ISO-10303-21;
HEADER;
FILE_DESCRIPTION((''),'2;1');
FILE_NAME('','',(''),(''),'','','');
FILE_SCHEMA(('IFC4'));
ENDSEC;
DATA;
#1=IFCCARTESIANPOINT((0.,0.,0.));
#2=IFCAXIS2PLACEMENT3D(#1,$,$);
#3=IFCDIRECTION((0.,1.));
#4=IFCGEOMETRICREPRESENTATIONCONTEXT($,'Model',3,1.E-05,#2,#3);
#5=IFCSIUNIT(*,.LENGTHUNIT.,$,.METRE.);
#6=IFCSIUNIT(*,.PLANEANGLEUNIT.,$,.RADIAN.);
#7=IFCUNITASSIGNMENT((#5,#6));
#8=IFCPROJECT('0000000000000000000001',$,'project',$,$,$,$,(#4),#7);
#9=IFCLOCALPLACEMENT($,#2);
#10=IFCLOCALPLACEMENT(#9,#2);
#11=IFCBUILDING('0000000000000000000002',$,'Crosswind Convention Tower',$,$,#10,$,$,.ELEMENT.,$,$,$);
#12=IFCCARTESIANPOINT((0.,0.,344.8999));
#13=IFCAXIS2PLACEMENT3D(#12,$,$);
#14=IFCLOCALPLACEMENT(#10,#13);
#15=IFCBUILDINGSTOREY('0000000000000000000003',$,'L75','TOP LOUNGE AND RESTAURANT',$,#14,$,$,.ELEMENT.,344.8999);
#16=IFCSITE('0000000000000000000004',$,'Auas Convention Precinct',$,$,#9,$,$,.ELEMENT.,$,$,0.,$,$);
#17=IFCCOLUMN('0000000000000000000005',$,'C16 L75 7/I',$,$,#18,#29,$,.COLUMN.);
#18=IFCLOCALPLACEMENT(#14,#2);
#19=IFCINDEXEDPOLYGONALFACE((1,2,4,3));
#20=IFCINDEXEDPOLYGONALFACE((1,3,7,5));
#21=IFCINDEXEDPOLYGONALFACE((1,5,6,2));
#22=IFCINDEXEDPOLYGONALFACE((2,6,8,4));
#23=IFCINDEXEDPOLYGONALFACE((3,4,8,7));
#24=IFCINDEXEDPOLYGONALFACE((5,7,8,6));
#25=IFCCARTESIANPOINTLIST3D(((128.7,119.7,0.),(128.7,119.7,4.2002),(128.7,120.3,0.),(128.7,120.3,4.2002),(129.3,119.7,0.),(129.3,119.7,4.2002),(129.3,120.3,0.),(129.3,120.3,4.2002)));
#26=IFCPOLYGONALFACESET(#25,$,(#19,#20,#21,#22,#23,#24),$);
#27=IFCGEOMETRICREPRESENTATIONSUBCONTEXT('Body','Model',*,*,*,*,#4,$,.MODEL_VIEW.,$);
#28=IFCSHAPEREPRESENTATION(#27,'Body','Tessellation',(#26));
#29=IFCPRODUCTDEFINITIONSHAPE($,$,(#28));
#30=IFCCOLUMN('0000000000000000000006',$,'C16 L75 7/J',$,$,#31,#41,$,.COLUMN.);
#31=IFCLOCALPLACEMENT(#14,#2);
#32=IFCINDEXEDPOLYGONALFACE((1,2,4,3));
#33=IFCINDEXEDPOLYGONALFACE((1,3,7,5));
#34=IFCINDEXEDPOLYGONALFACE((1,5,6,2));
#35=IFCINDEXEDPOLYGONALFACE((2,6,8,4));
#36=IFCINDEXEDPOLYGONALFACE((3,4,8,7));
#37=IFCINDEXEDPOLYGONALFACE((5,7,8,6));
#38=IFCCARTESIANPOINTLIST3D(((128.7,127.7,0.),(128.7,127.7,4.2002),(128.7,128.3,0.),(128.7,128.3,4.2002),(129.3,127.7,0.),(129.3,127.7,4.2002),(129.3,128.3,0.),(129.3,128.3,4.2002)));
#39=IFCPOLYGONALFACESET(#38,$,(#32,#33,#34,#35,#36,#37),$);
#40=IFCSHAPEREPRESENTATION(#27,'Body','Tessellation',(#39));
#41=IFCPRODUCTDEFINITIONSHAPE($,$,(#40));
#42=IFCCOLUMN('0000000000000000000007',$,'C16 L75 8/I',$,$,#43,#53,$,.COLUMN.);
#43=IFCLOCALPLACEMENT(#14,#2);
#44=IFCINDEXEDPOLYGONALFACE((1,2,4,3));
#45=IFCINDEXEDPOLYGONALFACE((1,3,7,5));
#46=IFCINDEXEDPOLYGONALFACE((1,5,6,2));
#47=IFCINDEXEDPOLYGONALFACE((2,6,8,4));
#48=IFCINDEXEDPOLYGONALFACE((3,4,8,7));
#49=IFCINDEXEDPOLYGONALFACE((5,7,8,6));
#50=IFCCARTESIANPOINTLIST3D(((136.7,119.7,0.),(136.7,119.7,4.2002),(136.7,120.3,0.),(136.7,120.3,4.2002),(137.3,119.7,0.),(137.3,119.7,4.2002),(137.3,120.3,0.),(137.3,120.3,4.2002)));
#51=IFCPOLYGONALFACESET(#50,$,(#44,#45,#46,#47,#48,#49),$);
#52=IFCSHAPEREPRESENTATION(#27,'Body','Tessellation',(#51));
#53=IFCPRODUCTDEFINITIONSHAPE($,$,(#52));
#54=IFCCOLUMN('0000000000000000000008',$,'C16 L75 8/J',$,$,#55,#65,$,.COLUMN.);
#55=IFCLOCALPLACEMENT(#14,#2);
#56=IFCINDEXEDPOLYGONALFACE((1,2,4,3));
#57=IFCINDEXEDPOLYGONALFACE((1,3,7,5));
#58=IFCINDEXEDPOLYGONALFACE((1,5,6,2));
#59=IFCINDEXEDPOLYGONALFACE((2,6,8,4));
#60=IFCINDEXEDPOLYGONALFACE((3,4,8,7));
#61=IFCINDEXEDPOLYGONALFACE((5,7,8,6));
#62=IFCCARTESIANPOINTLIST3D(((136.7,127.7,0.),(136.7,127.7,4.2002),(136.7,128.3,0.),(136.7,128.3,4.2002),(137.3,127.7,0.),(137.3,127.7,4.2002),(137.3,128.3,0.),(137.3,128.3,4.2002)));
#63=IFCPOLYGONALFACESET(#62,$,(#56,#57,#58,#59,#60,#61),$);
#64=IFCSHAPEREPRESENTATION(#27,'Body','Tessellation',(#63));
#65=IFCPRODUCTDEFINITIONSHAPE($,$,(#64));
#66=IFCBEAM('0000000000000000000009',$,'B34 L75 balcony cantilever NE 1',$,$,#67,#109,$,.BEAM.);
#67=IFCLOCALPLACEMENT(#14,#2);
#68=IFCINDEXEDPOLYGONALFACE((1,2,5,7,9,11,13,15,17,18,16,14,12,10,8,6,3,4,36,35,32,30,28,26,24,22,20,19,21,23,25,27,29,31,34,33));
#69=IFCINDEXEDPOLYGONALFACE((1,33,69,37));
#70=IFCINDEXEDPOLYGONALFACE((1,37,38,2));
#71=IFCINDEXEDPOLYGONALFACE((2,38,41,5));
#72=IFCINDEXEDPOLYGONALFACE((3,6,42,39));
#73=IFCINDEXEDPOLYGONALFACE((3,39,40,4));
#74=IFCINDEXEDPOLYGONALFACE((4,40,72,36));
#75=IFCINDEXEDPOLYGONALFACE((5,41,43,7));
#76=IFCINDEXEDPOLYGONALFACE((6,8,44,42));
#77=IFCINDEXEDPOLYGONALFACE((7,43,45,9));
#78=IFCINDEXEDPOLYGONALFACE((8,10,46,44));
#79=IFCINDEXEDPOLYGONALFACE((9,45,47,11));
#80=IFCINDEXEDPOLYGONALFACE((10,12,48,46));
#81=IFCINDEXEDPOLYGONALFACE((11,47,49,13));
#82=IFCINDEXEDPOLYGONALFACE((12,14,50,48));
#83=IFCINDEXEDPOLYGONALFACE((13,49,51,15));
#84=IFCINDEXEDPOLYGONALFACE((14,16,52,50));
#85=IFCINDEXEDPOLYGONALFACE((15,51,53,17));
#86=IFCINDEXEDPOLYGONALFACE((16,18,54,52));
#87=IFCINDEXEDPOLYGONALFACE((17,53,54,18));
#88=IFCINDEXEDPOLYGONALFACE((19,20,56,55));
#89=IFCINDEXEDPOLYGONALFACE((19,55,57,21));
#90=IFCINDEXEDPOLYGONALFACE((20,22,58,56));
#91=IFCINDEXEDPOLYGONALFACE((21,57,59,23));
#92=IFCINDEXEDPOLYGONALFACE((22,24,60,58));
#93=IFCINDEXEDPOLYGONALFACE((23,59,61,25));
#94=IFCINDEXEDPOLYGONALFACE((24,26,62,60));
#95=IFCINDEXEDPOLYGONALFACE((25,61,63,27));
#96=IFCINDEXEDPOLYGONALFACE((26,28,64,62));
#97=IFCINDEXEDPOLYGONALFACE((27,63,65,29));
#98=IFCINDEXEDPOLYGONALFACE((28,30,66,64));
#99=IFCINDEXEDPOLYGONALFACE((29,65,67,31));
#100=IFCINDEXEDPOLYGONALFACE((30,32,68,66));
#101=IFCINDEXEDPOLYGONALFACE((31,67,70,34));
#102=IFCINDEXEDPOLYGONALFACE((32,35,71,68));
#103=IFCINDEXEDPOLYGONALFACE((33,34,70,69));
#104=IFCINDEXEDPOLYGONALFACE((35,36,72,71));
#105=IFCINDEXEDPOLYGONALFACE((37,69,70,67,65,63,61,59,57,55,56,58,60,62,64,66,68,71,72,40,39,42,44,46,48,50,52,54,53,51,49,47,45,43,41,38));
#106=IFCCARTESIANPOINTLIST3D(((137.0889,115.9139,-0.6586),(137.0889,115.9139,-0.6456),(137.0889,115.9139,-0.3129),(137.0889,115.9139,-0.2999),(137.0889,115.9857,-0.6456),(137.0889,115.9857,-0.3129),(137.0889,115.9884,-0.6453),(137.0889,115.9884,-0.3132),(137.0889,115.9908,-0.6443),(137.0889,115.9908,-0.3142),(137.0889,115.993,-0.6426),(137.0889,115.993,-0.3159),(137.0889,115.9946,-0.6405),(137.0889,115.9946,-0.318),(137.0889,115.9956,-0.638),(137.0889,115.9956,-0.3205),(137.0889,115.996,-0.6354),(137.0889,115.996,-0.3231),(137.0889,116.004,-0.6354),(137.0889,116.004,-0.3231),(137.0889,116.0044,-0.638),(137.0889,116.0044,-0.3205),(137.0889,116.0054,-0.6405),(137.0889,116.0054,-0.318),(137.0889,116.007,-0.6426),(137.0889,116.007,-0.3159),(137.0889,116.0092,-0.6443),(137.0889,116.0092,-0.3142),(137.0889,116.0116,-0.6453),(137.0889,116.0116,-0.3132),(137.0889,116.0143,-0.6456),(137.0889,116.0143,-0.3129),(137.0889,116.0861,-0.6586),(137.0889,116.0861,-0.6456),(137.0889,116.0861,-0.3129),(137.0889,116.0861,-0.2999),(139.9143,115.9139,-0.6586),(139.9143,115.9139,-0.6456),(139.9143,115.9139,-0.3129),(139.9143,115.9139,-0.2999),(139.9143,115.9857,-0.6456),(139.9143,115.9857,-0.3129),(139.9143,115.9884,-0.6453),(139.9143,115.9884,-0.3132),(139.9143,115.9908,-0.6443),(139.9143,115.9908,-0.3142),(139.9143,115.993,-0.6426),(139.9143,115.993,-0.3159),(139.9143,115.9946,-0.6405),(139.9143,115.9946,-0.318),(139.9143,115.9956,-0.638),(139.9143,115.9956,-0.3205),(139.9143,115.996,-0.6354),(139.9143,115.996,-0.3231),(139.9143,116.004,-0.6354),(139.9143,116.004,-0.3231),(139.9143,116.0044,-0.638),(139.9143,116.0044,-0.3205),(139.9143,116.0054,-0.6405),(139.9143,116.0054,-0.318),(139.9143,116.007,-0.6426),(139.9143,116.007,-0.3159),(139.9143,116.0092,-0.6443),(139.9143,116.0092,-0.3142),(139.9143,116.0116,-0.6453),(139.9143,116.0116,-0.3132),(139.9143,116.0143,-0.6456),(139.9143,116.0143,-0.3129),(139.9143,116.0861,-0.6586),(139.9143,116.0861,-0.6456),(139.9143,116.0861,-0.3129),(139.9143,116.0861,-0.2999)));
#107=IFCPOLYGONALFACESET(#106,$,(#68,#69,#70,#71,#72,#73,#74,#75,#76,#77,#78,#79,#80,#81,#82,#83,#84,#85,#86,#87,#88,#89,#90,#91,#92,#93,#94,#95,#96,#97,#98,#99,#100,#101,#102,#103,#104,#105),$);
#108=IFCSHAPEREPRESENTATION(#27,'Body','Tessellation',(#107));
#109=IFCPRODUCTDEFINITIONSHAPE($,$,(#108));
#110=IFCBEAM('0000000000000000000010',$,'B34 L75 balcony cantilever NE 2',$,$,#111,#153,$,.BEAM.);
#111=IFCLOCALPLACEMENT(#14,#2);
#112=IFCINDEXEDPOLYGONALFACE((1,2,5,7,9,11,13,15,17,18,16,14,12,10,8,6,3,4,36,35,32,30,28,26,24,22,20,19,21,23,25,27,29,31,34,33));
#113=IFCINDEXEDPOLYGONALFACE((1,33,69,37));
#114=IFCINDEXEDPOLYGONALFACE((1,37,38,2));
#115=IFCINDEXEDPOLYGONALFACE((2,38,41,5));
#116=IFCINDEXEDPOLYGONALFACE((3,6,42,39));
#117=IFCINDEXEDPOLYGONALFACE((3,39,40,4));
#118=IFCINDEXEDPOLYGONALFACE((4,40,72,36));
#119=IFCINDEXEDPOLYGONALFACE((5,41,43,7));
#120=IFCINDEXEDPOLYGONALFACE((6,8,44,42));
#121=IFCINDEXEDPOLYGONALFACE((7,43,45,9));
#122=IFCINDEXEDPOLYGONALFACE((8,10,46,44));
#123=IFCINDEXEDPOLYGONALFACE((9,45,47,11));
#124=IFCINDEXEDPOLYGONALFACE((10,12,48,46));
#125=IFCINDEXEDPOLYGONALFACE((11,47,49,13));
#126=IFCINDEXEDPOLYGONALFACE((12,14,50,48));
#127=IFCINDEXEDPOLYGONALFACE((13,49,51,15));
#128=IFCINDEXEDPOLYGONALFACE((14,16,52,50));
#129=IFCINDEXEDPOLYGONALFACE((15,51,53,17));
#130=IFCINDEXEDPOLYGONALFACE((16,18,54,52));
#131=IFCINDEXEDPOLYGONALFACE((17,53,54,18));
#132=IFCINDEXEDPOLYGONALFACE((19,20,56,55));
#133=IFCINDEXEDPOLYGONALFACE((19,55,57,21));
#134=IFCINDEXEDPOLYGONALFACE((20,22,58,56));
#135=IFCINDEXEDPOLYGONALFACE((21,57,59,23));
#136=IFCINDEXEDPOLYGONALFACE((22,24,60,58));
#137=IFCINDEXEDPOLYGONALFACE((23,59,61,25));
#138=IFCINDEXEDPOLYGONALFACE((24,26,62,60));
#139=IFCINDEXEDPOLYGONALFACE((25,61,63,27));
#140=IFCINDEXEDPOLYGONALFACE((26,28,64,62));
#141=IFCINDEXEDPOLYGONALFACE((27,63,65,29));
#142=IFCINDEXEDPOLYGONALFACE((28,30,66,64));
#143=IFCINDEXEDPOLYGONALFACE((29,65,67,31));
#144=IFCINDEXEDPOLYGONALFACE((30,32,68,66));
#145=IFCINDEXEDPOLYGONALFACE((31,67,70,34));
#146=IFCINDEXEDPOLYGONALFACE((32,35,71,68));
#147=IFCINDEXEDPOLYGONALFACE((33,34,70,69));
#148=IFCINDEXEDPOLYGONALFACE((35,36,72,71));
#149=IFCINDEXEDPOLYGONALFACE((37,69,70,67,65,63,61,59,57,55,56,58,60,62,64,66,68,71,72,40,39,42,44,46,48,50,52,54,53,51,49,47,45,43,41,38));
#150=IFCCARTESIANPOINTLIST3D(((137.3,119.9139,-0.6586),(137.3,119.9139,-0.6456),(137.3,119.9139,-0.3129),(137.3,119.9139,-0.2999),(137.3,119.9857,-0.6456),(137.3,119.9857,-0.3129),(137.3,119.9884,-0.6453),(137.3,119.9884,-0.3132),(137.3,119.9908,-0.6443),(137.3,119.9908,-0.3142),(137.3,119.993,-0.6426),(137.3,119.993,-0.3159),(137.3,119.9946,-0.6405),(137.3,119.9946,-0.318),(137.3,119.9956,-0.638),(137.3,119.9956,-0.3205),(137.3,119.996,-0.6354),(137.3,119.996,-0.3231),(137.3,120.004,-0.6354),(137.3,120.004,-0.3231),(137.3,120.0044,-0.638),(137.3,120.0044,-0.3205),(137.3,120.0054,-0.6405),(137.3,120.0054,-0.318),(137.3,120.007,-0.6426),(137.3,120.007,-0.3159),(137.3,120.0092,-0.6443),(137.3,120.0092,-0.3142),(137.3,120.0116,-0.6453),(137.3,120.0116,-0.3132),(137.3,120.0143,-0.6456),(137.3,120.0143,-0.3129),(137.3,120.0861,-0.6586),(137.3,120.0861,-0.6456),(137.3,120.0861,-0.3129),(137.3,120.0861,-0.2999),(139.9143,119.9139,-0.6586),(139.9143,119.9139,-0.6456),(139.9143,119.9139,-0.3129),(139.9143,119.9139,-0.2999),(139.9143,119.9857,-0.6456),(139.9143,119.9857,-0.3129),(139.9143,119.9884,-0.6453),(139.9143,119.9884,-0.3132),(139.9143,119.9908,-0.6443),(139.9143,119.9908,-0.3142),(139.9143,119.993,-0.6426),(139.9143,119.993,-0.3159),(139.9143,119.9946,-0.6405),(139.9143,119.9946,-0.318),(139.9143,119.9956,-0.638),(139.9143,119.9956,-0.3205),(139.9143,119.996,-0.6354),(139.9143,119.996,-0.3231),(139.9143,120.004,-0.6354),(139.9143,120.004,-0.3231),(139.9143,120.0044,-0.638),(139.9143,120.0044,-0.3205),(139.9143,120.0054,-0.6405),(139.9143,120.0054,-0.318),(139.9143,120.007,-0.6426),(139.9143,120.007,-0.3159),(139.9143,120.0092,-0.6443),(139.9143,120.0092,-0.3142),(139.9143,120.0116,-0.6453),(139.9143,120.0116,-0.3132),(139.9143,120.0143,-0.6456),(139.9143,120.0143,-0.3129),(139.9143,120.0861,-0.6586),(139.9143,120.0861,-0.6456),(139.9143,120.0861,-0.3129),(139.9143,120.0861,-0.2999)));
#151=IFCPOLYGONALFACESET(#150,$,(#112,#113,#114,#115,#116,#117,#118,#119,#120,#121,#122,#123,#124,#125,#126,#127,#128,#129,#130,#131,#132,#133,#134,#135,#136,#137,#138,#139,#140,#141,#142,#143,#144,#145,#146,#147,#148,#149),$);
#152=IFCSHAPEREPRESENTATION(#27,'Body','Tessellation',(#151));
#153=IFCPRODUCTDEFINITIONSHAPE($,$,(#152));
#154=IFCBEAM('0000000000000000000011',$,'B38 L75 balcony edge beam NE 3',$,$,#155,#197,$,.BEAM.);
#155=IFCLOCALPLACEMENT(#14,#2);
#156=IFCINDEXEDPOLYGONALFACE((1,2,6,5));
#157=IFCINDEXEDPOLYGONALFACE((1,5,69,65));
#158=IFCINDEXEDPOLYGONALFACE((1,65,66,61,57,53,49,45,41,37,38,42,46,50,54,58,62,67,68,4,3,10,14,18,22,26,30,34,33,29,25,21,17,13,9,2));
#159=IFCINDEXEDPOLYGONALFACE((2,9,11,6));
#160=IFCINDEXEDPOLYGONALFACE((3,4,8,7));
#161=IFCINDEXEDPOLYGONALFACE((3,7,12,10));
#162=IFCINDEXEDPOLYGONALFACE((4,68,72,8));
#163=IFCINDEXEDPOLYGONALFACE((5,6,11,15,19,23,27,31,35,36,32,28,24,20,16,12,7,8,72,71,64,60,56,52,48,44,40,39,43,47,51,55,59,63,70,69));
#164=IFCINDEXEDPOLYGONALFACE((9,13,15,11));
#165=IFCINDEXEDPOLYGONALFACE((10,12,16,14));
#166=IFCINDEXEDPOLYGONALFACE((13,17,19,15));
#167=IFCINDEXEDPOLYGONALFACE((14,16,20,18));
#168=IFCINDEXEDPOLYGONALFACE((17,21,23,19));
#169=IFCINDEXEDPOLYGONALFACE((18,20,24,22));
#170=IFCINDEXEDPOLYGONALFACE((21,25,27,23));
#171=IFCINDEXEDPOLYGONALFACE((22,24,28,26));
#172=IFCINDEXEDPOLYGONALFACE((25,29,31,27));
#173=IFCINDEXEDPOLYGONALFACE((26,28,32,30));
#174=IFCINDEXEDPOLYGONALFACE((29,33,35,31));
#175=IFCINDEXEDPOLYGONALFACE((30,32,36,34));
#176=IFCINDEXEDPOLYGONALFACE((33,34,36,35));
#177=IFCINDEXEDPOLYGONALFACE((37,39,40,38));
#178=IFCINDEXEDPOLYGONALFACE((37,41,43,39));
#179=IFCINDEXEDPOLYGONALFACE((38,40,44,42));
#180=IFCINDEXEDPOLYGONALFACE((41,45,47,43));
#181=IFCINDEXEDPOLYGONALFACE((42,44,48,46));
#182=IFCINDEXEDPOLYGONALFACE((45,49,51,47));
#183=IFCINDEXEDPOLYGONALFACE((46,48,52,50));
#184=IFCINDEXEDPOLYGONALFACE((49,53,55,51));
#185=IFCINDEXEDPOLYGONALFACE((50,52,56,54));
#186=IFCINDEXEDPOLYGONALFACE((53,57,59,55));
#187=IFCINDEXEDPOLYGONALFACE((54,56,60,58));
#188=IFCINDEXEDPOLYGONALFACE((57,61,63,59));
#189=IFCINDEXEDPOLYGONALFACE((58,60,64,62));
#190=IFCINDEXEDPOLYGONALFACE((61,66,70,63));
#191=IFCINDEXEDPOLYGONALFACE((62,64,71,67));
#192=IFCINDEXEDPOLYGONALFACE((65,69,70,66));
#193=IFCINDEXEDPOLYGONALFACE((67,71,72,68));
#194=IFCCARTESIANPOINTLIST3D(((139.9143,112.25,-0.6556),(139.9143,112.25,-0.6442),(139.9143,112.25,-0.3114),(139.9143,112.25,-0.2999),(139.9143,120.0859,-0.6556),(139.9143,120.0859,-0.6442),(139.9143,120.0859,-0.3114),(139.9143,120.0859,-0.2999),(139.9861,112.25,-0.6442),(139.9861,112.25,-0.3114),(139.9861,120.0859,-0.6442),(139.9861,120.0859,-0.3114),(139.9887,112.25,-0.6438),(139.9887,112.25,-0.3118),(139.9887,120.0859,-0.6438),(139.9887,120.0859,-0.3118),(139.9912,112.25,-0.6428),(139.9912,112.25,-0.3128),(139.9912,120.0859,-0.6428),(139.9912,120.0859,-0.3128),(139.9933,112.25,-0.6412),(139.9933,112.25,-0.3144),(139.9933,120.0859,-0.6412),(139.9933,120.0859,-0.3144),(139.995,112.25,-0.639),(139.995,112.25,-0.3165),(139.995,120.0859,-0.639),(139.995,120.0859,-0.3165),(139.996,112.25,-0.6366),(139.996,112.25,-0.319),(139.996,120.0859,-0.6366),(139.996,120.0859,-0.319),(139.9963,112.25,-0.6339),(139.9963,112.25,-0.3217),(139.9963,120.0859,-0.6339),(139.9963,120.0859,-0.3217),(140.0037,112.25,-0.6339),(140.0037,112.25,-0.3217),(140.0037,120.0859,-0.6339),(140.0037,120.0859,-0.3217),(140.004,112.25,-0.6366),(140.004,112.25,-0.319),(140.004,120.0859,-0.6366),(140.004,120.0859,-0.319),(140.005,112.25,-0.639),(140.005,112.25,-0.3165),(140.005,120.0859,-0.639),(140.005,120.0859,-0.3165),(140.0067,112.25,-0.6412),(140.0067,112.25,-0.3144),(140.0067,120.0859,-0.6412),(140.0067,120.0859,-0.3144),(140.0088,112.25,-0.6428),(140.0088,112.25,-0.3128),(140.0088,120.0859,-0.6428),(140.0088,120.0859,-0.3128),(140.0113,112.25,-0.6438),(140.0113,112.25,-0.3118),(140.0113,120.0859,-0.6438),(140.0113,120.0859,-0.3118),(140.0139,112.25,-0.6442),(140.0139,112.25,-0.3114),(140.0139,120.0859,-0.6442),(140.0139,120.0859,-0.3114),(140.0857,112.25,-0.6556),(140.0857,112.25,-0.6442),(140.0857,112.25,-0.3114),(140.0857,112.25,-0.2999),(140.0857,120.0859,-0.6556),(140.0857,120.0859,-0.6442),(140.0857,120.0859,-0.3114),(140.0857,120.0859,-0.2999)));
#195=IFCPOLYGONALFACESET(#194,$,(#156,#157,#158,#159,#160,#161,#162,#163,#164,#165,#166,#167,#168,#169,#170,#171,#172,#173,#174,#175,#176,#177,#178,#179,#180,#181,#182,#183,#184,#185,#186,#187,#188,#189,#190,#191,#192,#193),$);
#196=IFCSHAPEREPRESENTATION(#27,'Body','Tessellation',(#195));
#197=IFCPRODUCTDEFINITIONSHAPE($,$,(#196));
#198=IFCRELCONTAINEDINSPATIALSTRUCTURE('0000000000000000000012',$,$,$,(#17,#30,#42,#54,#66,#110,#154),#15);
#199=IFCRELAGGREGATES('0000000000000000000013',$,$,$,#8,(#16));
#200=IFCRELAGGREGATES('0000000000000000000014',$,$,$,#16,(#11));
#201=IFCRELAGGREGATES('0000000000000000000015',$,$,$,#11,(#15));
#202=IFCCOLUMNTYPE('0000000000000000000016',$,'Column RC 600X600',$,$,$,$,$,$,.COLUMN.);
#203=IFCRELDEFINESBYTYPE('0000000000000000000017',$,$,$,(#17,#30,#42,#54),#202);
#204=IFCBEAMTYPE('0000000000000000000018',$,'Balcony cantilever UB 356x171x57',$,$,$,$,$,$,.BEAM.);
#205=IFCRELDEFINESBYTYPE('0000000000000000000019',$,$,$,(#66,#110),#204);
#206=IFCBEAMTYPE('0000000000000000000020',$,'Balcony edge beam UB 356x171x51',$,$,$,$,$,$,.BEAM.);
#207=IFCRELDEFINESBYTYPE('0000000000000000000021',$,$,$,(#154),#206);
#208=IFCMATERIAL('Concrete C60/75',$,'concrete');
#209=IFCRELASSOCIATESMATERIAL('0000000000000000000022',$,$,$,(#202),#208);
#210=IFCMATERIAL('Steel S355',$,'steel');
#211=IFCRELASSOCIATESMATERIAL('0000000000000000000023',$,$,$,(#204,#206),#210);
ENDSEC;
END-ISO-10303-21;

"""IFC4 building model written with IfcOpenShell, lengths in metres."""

from ifc_helpers import new_model, si_unit, direction, frame, origin, origin_2d, place, context, subcontext, project, spatial, rectangle, i_section, extrude, material, material_profile, profile_set, type_object, element, save


model = new_model("IFC4")

# Units and contexts
model_context = context("Model", 3, precision=1e-05, world=origin(), true_north=direction((0.0, 1.0)))
body_context = subcontext(model_context, "Body", "Model", "MODEL_VIEW")
ifc_project = project(units=[si_unit("LENGTHUNIT", "METRE"), si_unit("PLANEANGLEUNIT", "RADIAN")], contexts=[model_context])

# Site, building, storey
site_placement = place(None, origin())
site = spatial("IfcSite", under=ifc_project, at=site_placement, Name="Auas Convention Precinct", CompositionType="ELEMENT", RefElevation=0.0)
building_placement = place(site_placement, origin())
building = spatial("IfcBuilding", under=site, at=building_placement, Name="Crosswind Convention Tower", CompositionType="ELEMENT")
storey_placement = place(building_placement, frame((0.0, 0.0, 344.8999)))
storey = spatial("IfcBuildingStorey", under=building, at=storey_placement, Name="L75", Description="TOP LOUNGE AND RESTAURANT", CompositionType="ELEMENT", Elevation=344.8999)

# Columns
ifc_material_1 = material(Name="Concrete C60/75", Category="concrete")
ifc_material_profile_1 = material_profile(ifc_material_1, rectangle(XDim=0.6001, YDim=0.6001, at=origin_2d()), Name="RC 600X600")
ifc_profile_set_1 = profile_set([ifc_material_profile_1], Name="Concrete C60/75")
column_type = type_object("IfcColumnType", Name="Column RC 600X600", PredefinedType="COLUMN", material=ifc_profile_set_1)
for number, where, z_axis, x_axis, name in (
    (1, (129.0, 120.0, 0.0), (0.0, 0.0, 1.0), (1.0, 0.0, 0.0), "C16 L75 7/I"),
    (2, (129.0, 128.0, 0.0), (0.0, 0.0, 1.0), (1.0, 0.0, 0.0), "C16 L75 7/J"),
    (3, (137.0, 120.0, 0.0), (0.0, 0.0, 1.0), (1.0, 0.0, 0.0), "C16 L75 8/I"),
    (4, (137.0, 128.0, 0.0), (0.0, 0.0, 1.0), (1.0, 0.0, 0.0), "C16 L75 8/J"),
):
    element("IfcColumn", number, at=place(storey_placement, frame(where, z_axis=z_axis, x_axis=x_axis)), inside=storey, type_object=column_type, Name=name, PredefinedType="COLUMN", context=body_context, shape_type="SweptSolid", body=[
        extrude(rectangle(XDim=0.6001, YDim=0.6001, at=origin_2d()), origin(), (0.0, 0.0, 1.0), 4.2002),
    ])

# Beams
ifc_material_2 = material(Name="Steel S355", Category="steel")
ifc_material_profile_2 = material_profile(ifc_material_2, i_section(OverallWidth=0.1721, OverallDepth=0.3586, WebThickness=0.0081, FlangeThickness=0.0129, FilletRadius=0.0103, at=origin_2d()), Name="UB 356x171x57")
ifc_profile_set_2 = profile_set([ifc_material_profile_2], Name="Steel S355")
beam_type_1 = type_object("IfcBeamType", Name="Balcony cantilever UB 356x171x57", PredefinedType="BEAM", material=ifc_profile_set_2)
beam_1_placement = place(storey_placement, frame((137.0889, 116.0, -0.4792), z_axis=(1.0, 0.0, 0.0), x_axis=(0.0, 1.0, 0.0)))
element("IfcBeam", 5, at=beam_1_placement, inside=storey, type_object=beam_type_1, Name="B34 L75 balcony cantilever NE 1", PredefinedType="BEAM", context=body_context, shape_type="SweptSolid", body=[
    extrude(i_section(OverallWidth=0.1721, OverallDepth=0.3586, WebThickness=0.0081, FlangeThickness=0.0129, FilletRadius=0.0103, at=origin_2d()), origin(), (0.0, 0.0, 1.0), 2.8254),
])
beam_2_placement = place(storey_placement, frame((137.3, 120.0, -0.4792), z_axis=(1.0, 0.0, 0.0), x_axis=(0.0, 1.0, 0.0)))
element("IfcBeam", 6, at=beam_2_placement, inside=storey, type_object=beam_type_1, Name="B34 L75 balcony cantilever NE 2", PredefinedType="BEAM", context=body_context, shape_type="SweptSolid", body=[
    extrude(i_section(OverallWidth=0.1721, OverallDepth=0.3586, WebThickness=0.0081, FlangeThickness=0.0129, FilletRadius=0.0103, at=origin_2d()), origin(), (0.0, 0.0, 1.0), 2.6143),
])
ifc_material_profile_3 = material_profile(ifc_material_2, i_section(OverallWidth=0.1714, OverallDepth=0.3557, WebThickness=0.0073, FlangeThickness=0.0115, FilletRadius=0.0103, at=origin_2d()), Name="UB 356x171x51")
ifc_profile_set_3 = profile_set([ifc_material_profile_3], Name="Steel S355")
beam_type_2 = type_object("IfcBeamType", Name="Balcony edge beam UB 356x171x51", PredefinedType="BEAM", material=ifc_profile_set_3)
beam_3_placement = place(storey_placement, frame((140.0, 112.25, -0.4778), z_axis=(0.0, 1.0, 0.0), x_axis=(-1.0, 0.0, 0.0)))
element("IfcBeam", 7, at=beam_3_placement, inside=storey, type_object=beam_type_2, Name="B38 L75 balcony edge beam NE 3", PredefinedType="BEAM", context=body_context, shape_type="SweptSolid", body=[
    extrude(i_section(OverallWidth=0.1714, OverallDepth=0.3557, WebThickness=0.0073, FlangeThickness=0.0115, FilletRadius=0.0103, at=origin_2d()), origin(), (0.0, 0.0, 1.0), 7.8359),
])

save(model, "model.ifc")
